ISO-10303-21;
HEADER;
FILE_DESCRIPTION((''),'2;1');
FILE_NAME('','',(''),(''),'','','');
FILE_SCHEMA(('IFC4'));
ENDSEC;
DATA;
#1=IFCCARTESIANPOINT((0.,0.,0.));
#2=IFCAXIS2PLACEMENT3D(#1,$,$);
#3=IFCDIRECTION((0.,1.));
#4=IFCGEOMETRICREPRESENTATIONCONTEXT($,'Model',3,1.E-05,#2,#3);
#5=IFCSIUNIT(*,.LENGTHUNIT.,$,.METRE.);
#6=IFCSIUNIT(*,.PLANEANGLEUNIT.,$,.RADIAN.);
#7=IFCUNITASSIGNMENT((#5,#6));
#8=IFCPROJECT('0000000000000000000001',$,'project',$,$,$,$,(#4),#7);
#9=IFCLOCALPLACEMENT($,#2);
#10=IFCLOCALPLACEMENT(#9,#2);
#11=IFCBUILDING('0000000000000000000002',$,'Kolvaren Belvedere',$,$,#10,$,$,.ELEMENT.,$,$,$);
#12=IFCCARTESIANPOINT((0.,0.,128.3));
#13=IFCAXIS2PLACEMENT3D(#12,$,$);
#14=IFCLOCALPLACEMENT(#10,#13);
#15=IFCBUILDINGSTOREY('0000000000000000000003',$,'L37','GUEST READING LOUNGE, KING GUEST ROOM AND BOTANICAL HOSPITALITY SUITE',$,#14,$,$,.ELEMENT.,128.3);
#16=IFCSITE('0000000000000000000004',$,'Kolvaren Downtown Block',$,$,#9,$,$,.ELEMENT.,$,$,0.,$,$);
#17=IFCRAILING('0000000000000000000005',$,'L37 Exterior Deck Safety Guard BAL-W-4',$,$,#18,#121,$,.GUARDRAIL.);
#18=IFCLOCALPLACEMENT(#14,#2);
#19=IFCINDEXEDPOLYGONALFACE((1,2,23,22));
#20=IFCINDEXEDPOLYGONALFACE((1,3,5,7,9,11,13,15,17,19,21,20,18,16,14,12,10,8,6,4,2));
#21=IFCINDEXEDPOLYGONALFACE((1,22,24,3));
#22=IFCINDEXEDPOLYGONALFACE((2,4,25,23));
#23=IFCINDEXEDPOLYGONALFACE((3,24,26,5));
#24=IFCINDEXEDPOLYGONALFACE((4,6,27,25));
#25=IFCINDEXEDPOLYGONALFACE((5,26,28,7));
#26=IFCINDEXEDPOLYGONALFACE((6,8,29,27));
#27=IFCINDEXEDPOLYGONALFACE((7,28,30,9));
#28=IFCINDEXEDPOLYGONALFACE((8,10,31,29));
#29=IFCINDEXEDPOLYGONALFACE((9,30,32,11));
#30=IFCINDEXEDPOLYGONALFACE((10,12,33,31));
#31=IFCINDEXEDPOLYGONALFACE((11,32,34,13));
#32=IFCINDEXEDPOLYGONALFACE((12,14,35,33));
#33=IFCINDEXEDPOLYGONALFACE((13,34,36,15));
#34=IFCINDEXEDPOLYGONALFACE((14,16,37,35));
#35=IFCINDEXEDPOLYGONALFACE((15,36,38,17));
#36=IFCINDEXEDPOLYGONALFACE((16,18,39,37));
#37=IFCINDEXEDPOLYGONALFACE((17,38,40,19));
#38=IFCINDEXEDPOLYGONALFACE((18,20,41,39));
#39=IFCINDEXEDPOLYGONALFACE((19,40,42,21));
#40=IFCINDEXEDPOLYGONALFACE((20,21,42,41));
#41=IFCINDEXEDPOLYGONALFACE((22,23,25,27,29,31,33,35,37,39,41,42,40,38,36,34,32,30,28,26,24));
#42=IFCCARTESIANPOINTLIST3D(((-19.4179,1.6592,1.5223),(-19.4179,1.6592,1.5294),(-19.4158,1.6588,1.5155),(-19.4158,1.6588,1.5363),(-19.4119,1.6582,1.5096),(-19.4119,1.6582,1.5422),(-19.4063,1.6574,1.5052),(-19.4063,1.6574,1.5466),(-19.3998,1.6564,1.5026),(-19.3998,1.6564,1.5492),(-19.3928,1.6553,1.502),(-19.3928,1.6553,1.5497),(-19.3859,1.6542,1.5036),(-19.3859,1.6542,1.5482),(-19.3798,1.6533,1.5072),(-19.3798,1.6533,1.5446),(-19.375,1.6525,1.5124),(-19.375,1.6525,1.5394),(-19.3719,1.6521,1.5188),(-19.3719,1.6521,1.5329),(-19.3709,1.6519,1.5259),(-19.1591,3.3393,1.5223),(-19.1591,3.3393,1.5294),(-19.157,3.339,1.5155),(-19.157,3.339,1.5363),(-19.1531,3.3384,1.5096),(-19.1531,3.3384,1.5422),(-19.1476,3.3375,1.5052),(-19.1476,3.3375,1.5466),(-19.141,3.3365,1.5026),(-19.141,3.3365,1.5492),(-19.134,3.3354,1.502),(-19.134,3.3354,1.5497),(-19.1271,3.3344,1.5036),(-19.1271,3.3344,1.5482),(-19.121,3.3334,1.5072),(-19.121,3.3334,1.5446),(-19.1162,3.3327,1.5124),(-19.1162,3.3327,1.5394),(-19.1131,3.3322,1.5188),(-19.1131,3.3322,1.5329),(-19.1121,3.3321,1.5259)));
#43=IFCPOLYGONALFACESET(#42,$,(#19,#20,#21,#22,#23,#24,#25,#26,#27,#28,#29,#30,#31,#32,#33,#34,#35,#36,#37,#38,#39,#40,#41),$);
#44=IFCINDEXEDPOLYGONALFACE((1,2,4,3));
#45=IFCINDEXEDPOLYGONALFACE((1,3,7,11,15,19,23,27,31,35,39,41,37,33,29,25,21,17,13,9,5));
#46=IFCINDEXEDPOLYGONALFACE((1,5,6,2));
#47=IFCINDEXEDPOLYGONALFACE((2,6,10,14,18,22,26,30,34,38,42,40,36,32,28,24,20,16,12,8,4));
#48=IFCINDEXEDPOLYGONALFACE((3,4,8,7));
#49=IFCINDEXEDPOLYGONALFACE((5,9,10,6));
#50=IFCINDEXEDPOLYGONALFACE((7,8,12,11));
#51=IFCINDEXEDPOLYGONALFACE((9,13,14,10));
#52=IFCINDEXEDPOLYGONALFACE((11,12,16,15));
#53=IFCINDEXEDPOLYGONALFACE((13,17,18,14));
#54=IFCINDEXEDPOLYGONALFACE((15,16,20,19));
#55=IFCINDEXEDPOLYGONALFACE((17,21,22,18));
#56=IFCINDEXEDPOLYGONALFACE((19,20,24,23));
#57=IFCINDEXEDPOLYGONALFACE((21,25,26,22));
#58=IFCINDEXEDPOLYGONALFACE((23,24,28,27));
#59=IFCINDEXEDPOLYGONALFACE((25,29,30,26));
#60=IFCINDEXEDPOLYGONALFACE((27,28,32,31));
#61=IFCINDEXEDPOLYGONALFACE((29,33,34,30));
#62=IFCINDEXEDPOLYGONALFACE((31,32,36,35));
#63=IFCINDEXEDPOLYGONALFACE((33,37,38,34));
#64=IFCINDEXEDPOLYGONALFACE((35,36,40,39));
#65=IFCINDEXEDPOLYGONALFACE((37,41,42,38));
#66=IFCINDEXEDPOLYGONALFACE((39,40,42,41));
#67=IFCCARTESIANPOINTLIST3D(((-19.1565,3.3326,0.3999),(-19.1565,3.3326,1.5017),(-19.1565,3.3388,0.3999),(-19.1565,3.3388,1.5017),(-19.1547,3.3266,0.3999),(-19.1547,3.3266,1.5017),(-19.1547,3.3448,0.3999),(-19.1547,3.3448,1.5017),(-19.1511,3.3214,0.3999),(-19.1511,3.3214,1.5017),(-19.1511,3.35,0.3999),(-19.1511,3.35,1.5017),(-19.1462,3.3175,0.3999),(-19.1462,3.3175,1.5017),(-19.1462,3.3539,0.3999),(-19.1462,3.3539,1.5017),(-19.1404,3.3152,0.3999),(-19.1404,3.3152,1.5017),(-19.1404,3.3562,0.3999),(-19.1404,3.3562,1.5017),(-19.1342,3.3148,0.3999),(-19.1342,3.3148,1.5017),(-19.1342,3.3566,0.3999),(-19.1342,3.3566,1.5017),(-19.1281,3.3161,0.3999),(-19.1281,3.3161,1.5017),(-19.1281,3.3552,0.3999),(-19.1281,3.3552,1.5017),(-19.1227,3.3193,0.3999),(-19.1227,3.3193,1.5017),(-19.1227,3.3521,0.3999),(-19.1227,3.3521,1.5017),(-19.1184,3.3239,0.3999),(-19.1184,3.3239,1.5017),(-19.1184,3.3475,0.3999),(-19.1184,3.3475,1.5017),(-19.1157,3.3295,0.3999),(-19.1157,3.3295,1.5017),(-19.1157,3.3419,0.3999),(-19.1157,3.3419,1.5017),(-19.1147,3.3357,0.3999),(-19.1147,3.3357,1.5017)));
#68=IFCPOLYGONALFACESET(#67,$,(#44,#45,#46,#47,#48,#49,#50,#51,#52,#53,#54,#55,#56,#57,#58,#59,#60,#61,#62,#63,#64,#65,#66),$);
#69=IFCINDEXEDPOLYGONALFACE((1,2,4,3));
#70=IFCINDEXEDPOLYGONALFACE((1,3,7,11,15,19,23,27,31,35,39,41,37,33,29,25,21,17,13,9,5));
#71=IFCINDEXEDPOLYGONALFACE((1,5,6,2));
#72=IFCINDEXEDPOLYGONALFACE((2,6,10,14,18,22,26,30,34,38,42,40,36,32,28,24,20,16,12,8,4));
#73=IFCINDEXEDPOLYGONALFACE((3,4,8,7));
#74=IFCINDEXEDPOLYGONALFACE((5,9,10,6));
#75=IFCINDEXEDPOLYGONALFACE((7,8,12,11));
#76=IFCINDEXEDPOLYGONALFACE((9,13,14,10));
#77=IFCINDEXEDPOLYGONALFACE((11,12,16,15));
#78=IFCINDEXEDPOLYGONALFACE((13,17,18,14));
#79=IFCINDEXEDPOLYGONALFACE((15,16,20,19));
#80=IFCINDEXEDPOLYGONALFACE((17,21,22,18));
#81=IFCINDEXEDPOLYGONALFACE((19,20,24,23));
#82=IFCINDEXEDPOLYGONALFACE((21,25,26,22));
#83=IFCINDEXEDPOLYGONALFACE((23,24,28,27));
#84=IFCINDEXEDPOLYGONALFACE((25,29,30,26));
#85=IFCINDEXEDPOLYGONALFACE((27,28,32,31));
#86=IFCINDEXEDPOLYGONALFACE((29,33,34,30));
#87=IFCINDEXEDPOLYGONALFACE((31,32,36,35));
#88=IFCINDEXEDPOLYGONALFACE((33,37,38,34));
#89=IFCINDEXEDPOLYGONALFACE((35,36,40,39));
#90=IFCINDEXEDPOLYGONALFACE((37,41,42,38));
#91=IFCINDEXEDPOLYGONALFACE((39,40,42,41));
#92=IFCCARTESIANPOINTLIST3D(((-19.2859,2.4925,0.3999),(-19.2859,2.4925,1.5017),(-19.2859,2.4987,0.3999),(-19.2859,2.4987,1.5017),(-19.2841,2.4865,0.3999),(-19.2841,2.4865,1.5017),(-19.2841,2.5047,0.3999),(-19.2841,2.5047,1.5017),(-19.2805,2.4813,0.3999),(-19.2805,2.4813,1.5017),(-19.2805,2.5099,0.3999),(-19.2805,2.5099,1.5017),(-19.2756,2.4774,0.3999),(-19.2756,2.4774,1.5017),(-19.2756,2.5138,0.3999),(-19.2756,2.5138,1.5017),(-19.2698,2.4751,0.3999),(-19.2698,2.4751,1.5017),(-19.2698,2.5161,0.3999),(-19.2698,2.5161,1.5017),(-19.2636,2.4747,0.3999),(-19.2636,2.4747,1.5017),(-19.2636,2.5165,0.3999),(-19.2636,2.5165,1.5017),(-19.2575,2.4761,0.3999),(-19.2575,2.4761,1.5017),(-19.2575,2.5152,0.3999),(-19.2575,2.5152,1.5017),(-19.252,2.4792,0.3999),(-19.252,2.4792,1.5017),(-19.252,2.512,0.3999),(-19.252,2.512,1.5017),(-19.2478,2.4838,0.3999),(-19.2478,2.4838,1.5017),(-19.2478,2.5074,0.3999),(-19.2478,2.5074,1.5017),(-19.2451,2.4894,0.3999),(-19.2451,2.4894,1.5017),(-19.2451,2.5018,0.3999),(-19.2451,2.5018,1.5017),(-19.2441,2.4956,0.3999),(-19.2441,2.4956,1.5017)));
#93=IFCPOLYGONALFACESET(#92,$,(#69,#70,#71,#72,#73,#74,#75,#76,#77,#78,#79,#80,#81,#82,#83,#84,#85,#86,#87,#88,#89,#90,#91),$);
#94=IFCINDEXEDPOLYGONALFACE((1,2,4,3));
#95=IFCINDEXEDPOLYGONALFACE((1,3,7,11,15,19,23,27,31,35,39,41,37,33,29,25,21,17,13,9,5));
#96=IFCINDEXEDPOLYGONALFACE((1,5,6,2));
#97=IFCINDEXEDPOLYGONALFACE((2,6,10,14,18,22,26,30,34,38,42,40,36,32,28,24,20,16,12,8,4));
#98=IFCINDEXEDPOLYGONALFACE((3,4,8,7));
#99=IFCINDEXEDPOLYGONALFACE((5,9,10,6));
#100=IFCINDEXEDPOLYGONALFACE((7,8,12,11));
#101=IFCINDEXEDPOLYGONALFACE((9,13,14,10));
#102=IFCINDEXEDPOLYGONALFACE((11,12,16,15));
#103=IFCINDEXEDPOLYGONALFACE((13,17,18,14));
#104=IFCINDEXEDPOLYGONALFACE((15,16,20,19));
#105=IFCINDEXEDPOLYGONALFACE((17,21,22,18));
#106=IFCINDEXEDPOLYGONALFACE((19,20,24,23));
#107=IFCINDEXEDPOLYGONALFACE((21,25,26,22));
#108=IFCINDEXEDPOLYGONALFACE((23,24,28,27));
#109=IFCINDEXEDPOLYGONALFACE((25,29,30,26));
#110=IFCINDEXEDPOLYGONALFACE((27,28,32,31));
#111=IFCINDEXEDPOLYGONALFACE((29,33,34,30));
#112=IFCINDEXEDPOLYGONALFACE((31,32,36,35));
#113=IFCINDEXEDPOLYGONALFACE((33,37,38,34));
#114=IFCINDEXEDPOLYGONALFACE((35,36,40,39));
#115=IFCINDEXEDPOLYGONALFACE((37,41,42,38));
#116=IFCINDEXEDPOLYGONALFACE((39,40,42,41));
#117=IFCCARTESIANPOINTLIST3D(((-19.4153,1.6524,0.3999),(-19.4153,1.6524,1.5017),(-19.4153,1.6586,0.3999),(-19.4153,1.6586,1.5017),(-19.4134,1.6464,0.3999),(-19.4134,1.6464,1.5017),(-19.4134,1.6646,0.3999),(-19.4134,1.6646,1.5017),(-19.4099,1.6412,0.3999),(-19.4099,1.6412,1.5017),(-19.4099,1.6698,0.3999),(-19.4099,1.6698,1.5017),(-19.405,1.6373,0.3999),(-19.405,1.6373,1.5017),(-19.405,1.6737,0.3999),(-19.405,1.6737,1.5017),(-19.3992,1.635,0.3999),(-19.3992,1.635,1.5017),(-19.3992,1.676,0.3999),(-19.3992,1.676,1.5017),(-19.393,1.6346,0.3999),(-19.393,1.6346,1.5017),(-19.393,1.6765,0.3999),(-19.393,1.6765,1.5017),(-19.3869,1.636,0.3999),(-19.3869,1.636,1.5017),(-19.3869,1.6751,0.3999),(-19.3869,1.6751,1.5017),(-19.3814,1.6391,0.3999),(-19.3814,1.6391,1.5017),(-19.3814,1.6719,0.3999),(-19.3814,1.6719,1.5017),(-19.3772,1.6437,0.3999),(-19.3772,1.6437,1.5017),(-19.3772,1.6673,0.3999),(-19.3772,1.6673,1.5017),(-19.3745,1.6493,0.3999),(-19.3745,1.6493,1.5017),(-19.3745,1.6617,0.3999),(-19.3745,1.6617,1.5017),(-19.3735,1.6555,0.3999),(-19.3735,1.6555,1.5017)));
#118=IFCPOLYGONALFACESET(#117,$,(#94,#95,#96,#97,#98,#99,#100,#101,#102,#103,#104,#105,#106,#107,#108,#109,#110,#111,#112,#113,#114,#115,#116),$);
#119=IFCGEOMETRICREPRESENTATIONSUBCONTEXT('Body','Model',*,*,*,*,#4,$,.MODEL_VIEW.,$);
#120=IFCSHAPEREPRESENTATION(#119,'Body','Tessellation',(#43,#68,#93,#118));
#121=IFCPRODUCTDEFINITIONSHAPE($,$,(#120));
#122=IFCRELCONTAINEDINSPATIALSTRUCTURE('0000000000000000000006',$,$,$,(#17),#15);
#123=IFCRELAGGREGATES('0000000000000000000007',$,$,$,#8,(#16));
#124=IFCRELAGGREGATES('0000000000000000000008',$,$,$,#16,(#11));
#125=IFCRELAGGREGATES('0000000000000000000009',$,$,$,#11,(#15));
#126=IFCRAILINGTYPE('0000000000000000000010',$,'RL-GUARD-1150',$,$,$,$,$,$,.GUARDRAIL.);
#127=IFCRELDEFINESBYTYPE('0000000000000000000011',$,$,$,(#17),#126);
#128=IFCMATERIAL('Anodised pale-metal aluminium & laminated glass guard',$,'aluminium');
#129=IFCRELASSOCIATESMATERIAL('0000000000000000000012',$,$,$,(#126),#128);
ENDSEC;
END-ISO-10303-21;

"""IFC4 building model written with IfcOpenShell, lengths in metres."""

from ifc_helpers import new_model, si_unit, direction, frame, origin, origin_2d, place, context, subcontext, project, spatial, circle, extrude, material, type_object, element, save


model = new_model("IFC4")

# Units and contexts
model_context = context("Model", 3, precision=1e-05, world=origin(), true_north=direction((0.0, 1.0)))
body_context = subcontext(model_context, "Body", "Model", "MODEL_VIEW")
ifc_project = project(units=[si_unit("LENGTHUNIT", "METRE"), si_unit("PLANEANGLEUNIT", "RADIAN")], contexts=[model_context])

# Site, building, storey
site_placement = place(None, origin())
site = spatial("IfcSite", under=ifc_project, at=site_placement, Name="Kolvaren Downtown Block", CompositionType="ELEMENT", RefElevation=0.0)
building_placement = place(site_placement, origin())
building = spatial("IfcBuilding", under=site, at=building_placement, Name="Kolvaren Belvedere", CompositionType="ELEMENT")
storey_placement = place(building_placement, frame((0.0, 0.0, 128.3)))
storey = spatial("IfcBuildingStorey", under=building, at=storey_placement, Name="L37", Description="GUEST READING LOUNGE, KING GUEST ROOM AND BOTANICAL HOSPITALITY SUITE", CompositionType="ELEMENT", Elevation=128.3)

# Railing
ifc_material_1 = material(Name="Anodised pale-metal aluminium & laminated glass guard", Category="aluminium")
railing_type = type_object("IfcRailingType", Name="RL-GUARD-1150", PredefinedType="GUARDRAIL", material=ifc_material_1)
railing_1_placement = place(storey_placement, frame((-19.1357, 3.3357, 0.3999)))
element("IfcRailing", 1, at=railing_1_placement, inside=storey, type_object=railing_type, Name="L37 Exterior Deck Safety Guard BAL-W-4", PredefinedType="GUARDRAIL", context=body_context, shape_type="SweptSolid", body=[
    extrude(circle(Radius=0.0239, at=origin_2d()), frame((0.0, 0.0, 1.126), z_axis=(-0.15223, -0.988345, 0.0), x_axis=(0.988345, -0.15223, 0.0)), (0.0, 0.0, 1.0), 1.7),
    extrude(circle(Radius=0.021, at=origin_2d()), origin(), (0.0, 0.0, 1.0), 1.1018),
    extrude(circle(Radius=0.021, at=origin_2d()), frame((-0.1294, -0.8401, 0.0)), (0.0, 0.0, 1.0), 1.1018),
    extrude(circle(Radius=0.021, at=origin_2d()), frame((-0.2588, -1.6802, 0.0)), (0.0, 0.0, 1.0), 1.1018),
])

save(model, "model.ifc")
